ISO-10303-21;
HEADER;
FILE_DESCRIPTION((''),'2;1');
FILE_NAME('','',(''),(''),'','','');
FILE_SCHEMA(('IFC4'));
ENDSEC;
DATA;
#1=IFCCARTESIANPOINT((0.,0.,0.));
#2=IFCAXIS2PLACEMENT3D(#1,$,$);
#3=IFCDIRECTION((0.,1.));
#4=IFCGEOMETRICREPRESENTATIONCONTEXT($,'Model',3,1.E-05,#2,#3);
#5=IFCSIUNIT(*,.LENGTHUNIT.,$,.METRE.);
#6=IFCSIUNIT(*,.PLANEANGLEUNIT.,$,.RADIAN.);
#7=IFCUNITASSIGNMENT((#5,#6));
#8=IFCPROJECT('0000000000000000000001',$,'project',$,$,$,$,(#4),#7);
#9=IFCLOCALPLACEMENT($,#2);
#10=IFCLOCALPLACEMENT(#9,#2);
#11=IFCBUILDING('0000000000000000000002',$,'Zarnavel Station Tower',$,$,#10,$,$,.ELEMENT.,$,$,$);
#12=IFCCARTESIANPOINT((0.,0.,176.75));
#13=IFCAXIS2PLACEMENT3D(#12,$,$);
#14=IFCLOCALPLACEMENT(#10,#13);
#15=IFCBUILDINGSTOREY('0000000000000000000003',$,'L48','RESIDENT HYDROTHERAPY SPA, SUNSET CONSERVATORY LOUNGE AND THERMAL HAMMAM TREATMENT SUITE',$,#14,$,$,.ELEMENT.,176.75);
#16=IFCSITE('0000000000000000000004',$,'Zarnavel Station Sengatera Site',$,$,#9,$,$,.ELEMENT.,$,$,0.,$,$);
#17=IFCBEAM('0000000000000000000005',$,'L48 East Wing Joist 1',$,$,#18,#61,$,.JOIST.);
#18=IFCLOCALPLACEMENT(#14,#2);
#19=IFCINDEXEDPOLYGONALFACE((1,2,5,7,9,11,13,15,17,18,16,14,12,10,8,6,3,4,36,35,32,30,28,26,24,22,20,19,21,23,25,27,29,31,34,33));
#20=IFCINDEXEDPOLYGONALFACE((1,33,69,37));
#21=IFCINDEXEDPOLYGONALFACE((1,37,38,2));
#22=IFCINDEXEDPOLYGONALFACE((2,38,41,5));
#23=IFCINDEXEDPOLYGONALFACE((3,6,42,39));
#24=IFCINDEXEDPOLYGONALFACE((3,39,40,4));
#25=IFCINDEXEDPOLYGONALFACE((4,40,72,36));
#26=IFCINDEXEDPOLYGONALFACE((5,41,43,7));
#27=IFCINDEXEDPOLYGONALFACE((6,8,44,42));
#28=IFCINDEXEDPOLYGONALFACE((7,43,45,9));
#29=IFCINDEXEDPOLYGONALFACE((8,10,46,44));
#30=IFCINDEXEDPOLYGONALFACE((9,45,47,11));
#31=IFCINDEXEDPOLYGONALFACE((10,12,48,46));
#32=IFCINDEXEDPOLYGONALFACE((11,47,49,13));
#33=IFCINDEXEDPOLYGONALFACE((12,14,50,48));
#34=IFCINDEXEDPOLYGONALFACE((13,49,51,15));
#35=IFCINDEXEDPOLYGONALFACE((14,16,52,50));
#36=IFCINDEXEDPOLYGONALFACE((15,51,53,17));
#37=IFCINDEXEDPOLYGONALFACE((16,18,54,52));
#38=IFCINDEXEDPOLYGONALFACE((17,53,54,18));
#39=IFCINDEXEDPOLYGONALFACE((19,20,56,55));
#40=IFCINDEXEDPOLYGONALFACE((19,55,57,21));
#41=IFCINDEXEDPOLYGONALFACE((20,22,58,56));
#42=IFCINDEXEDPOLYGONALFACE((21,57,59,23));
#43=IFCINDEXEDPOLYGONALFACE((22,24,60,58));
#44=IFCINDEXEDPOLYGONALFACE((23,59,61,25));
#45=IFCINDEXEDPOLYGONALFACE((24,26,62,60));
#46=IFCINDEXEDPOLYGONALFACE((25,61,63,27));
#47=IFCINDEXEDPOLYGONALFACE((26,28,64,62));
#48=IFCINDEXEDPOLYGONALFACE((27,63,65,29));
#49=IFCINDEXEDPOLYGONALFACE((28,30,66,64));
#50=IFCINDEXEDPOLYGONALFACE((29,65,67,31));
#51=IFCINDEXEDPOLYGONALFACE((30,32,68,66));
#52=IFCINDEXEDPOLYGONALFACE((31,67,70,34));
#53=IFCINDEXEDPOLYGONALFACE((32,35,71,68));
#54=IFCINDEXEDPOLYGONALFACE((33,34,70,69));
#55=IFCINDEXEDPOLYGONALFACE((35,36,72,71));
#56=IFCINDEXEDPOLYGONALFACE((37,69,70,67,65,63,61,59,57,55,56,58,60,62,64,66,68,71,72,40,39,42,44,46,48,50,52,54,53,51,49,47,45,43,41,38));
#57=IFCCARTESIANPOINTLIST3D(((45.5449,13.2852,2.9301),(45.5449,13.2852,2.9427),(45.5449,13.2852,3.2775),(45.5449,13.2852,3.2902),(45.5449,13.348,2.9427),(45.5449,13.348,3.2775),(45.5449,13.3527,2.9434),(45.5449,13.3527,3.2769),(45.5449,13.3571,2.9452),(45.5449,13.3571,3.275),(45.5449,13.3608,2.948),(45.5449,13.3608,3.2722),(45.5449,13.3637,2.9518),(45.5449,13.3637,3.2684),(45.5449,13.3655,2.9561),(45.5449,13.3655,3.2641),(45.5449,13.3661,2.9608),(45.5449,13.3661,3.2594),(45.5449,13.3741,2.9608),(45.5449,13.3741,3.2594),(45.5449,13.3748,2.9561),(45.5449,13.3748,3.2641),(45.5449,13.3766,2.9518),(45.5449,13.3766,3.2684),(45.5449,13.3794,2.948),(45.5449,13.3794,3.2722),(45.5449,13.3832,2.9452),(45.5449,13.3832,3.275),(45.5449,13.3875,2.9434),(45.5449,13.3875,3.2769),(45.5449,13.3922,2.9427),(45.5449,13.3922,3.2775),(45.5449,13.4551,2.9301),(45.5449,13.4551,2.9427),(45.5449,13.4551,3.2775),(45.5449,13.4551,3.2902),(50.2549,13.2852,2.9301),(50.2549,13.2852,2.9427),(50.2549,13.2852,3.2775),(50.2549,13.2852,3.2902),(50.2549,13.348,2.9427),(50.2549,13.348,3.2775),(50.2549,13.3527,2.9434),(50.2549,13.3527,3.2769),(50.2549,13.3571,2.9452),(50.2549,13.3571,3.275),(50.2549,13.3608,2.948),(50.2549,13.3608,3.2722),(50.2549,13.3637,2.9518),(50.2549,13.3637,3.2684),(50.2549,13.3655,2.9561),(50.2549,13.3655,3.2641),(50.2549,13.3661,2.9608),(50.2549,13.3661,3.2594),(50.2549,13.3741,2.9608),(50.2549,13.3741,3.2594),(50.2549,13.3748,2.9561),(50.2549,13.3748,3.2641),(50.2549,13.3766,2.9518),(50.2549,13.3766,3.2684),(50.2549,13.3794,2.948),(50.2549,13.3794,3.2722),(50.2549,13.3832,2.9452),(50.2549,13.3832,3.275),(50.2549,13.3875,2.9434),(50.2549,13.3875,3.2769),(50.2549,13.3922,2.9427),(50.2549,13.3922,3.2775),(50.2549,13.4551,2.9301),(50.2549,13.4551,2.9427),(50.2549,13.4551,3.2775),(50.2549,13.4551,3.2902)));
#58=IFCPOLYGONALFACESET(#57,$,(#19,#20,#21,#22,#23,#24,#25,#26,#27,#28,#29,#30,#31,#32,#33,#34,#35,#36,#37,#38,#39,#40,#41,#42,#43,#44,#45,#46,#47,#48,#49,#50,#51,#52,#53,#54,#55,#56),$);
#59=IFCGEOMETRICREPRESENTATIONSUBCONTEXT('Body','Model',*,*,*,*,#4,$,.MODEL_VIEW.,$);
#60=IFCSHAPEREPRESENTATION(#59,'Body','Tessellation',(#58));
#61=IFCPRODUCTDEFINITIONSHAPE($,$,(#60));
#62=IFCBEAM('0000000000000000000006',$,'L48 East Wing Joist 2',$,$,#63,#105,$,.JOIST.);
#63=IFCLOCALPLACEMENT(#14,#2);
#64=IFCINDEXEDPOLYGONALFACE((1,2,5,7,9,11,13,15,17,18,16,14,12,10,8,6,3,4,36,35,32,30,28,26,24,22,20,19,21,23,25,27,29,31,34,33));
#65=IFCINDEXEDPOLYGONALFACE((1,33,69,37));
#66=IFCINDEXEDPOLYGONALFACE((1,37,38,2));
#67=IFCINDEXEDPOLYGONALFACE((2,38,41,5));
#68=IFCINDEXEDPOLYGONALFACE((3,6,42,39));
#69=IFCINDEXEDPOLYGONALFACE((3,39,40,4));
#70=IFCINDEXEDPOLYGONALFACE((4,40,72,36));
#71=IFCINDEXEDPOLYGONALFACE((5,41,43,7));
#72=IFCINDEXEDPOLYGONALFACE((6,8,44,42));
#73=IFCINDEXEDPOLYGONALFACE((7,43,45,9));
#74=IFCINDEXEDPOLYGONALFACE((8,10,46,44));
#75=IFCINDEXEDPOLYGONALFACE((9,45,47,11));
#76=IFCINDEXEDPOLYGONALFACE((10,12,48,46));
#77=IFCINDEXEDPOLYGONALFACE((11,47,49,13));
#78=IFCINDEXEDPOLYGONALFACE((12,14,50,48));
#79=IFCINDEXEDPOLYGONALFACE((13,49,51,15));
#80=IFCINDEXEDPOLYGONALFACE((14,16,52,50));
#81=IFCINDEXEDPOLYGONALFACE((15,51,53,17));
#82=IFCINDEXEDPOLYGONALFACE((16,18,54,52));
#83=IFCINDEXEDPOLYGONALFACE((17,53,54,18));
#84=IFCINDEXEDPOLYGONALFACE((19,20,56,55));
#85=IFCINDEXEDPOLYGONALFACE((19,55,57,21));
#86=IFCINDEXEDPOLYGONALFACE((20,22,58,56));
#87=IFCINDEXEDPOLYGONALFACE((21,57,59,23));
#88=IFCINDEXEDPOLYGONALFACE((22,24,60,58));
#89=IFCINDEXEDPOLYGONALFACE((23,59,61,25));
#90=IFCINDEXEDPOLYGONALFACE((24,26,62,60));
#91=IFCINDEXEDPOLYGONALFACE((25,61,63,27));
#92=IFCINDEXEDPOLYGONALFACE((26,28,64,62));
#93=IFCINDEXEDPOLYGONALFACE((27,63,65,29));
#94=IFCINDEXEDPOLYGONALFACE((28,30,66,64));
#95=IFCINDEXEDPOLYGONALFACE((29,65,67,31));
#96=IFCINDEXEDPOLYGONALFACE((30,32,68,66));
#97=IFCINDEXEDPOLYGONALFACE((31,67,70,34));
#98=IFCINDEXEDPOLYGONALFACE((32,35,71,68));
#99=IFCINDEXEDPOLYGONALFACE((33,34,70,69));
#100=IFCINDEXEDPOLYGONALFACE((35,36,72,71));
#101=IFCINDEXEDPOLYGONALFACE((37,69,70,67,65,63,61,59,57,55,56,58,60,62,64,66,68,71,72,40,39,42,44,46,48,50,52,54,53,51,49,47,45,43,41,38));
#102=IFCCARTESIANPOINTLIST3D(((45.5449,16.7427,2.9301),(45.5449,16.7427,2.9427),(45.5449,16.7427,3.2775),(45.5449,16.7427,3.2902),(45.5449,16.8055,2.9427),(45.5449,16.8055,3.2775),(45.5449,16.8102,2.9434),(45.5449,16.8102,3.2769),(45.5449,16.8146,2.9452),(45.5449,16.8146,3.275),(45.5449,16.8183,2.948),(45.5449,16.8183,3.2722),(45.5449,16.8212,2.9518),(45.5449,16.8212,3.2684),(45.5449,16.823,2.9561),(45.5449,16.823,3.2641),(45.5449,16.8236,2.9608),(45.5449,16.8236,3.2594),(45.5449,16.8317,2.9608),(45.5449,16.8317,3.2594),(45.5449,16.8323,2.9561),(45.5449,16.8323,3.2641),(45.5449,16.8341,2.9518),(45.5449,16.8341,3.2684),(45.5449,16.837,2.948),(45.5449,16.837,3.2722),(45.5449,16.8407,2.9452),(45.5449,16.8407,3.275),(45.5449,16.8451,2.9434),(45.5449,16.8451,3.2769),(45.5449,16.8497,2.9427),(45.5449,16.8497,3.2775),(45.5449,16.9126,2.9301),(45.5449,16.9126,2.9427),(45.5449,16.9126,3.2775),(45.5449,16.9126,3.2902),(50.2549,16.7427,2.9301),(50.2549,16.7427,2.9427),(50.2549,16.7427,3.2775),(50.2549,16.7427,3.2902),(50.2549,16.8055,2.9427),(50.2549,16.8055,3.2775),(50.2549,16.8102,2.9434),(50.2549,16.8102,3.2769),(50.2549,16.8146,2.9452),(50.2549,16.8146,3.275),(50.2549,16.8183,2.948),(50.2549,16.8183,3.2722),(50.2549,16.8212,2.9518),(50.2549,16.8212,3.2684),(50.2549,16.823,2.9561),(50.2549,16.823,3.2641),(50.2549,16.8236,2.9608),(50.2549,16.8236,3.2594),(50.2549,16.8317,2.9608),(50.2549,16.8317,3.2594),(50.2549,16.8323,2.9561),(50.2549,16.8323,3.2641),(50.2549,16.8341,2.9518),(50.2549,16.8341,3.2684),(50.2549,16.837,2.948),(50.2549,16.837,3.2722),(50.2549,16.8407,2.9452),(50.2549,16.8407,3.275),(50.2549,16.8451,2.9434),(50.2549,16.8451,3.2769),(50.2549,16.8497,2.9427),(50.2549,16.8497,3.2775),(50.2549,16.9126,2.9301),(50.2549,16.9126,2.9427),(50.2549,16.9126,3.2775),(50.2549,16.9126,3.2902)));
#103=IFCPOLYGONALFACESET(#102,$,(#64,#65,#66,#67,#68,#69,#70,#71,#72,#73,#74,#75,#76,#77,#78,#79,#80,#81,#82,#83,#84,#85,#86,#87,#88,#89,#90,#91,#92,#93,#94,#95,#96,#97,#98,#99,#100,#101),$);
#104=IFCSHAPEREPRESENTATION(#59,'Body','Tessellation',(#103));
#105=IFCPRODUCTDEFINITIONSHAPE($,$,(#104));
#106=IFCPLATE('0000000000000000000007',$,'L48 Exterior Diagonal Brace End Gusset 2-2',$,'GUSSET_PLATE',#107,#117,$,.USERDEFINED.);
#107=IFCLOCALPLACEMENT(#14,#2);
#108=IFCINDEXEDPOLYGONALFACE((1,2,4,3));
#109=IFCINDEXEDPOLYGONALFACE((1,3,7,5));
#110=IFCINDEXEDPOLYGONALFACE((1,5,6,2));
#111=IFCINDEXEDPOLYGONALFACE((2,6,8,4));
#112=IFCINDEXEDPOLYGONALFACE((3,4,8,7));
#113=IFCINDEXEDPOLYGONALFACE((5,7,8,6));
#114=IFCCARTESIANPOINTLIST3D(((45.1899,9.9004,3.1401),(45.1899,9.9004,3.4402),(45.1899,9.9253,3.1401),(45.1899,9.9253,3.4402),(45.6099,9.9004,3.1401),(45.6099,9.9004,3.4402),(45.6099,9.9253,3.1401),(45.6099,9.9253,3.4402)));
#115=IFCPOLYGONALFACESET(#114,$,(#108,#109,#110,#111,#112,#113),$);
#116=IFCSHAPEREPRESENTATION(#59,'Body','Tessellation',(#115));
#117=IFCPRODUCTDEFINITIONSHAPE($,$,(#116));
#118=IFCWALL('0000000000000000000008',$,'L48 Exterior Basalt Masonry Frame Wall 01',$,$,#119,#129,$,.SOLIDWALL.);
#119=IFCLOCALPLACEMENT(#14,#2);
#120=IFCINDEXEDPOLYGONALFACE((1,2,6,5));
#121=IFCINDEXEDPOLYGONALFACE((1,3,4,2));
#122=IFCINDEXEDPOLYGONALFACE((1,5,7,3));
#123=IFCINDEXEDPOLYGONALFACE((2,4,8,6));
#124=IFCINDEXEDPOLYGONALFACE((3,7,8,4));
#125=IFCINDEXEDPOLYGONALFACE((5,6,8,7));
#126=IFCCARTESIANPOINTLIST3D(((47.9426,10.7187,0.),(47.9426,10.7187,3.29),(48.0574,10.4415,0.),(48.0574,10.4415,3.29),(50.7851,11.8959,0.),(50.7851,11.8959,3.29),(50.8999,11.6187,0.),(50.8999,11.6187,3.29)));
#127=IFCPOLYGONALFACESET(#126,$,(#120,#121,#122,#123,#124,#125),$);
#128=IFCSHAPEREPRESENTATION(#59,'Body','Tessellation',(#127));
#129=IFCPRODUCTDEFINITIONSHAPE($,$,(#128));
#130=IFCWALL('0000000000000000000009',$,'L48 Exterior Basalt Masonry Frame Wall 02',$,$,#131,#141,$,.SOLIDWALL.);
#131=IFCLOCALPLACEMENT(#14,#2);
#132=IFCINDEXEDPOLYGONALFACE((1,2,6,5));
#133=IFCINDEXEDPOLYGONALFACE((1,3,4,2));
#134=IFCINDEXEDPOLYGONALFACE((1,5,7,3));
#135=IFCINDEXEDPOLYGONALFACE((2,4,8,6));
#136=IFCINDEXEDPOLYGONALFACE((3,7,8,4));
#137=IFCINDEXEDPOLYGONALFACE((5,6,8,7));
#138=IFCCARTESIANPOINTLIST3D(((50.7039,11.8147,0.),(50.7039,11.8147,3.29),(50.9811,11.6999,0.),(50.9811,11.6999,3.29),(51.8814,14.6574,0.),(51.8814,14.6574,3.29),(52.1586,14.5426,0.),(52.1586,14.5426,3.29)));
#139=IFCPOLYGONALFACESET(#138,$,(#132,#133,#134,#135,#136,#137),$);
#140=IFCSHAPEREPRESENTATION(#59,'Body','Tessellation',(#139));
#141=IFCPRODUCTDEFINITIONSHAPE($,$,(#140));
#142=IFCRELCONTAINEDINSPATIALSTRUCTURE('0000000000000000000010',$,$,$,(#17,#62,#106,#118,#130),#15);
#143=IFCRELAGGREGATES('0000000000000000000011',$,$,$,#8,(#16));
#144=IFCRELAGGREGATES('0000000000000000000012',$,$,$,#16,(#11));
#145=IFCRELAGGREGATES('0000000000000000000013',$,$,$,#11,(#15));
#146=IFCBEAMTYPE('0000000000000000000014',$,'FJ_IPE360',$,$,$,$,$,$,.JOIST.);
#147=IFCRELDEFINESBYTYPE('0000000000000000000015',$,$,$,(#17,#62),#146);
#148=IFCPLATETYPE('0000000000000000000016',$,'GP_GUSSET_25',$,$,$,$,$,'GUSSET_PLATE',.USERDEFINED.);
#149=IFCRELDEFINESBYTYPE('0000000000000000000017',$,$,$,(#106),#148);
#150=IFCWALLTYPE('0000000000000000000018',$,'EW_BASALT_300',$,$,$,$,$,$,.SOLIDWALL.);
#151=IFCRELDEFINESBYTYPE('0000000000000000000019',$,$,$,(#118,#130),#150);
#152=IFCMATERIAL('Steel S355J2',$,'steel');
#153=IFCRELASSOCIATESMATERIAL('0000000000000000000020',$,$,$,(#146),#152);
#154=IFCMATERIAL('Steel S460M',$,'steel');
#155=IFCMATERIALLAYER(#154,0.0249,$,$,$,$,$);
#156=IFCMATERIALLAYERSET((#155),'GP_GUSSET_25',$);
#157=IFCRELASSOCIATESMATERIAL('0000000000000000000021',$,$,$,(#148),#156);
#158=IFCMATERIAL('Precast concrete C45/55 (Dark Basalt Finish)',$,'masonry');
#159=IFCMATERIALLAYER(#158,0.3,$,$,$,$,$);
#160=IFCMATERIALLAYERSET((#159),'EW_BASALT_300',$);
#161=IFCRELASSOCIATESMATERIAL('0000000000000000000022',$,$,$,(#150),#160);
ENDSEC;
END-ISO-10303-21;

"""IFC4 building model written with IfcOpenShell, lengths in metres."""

from ifc_helpers import new_model, si_unit, direction, frame, frame_2d, origin, origin_2d, place, context, subcontext, project, spatial, rectangle, i_section, extrude, material, layer, layer_set, material_profile, profile_set, type_object, element, save


model = new_model("IFC4")

# Units and contexts
model_context = context("Model", 3, precision=1e-05, world=origin(), true_north=direction((0.0, 1.0)))
body_context = subcontext(model_context, "Body", "Model", "MODEL_VIEW")
ifc_project = project(units=[si_unit("LENGTHUNIT", "METRE"), si_unit("PLANEANGLEUNIT", "RADIAN")], contexts=[model_context])

# Site, building, storey
site_placement = place(None, origin())
site = spatial("IfcSite", under=ifc_project, at=site_placement, Name="Zarnavel Station Sengatera Site", CompositionType="ELEMENT", RefElevation=0.0)
building_placement = place(site_placement, origin())
building = spatial("IfcBuilding", under=site, at=building_placement, Name="Zarnavel Station Tower", CompositionType="ELEMENT")
storey_placement = place(building_placement, frame((0.0, 0.0, 176.75)))
storey = spatial("IfcBuildingStorey", under=building, at=storey_placement, Name="L48", Description="RESIDENT HYDROTHERAPY SPA, SUNSET CONSERVATORY LOUNGE AND THERMAL HAMMAM TREATMENT SUITE", CompositionType="ELEMENT", Elevation=176.75)

# Beams
ifc_material_1 = material(Name="Steel S355J2", Category="steel")
ifc_material_profile_1 = material_profile(ifc_material_1, i_section(OverallWidth=0.1699, OverallDepth=0.3601, WebThickness=0.0081, FlangeThickness=0.0127, FilletRadius=0.0181, at=origin_2d()), Name="IPE360")
ifc_profile_set_1 = profile_set([ifc_material_profile_1], Name="Steel S355J2")
beam_type_1 = type_object("IfcBeamType", Name="FJ_IPE360", PredefinedType="JOIST", material=ifc_profile_set_1)
for number, where, z_axis, x_axis, name in (
    (1, (45.5449, 13.3701, 3.1101), (1.0, 0.0, 0.0), (0.0, 1.0, 0.0), "L48 East Wing Joist 1"),
    (2, (45.5449, 16.8276, 3.1101), (1.0, 0.0, 0.0), (0.0, 1.0, 0.0), "L48 East Wing Joist 2"),
):
    element("IfcBeam", number, at=place(storey_placement, frame(where, z_axis=z_axis, x_axis=x_axis)), inside=storey, type_object=beam_type_1, Name=name, PredefinedType="JOIST", context=body_context, shape_type="SweptSolid", body=[
        extrude(i_section(OverallWidth=0.1699, OverallDepth=0.3601, WebThickness=0.0081, FlangeThickness=0.0127, FilletRadius=0.0181, at=origin_2d()), origin(), (0.0, 0.0, 1.0), 4.71),
    ])

# Plate
ifc_material_2 = material(Name="Steel S460M", Category="steel")
ifc_layer_1 = layer(ifc_material_2, 0.0249)
ifc_layer_set_1 = layer_set([ifc_layer_1], Name="GP_GUSSET_25")
plate_type = type_object("IfcPlateType", Name="GP_GUSSET_25", ElementType="GUSSET_PLATE", PredefinedType="USERDEFINED", material=ifc_layer_set_1)
plate_placement = place(storey_placement, frame((45.3999, 9.9128, 3.1401), z_axis=(0.0, 0.0, 1.0), x_axis=(1.0, 0.0, 0.0)))
element("IfcPlate", 3, at=plate_placement, inside=storey, type_object=plate_type, Name="L48 Exterior Diagonal Brace End Gusset 2-2", ObjectType="GUSSET_PLATE", PredefinedType="USERDEFINED", context=body_context, shape_type="SweptSolid", body=[
    extrude(rectangle(XDim=0.4199, YDim=0.0249, at=origin_2d()), origin(), (0.0, 0.0, 1.0), 0.3),
])

# Walls
ifc_material_3 = material(Name="Precast concrete C45/55 (Dark Basalt Finish)", Category="masonry")
ifc_layer_2 = layer(ifc_material_3, 0.3)
ifc_layer_set_2 = layer_set([ifc_layer_2], Name="EW_BASALT_300")
wall_type_1 = type_object("IfcWallType", Name="EW_BASALT_300", PredefinedType="SOLIDWALL", material=ifc_layer_set_2)
wall_1_placement = place(storey_placement, frame((50.8425, 11.7573, 0.0), z_axis=(0.0, 0.0, 1.0), x_axis=(-0.923899, -0.382637, 0.0)))
element("IfcWall", 4, at=wall_1_placement, inside=storey, type_object=wall_type_1, Name="L48 Exterior Basalt Masonry Frame Wall 01", PredefinedType="SOLIDWALL", context=body_context, shape_type="SweptSolid", body=[
    extrude(rectangle(XDim=3.0767, YDim=0.3, at=frame_2d((1.5383, 0.0))), origin(), (0.0, 0.0, 1.0), 3.29),
])
wall_2_placement = place(storey_placement, frame((52.02, 14.6001, 0.0), z_axis=(0.0, 0.0, 1.0), x_axis=(-0.382676, -0.923882, 0.0)))
element("IfcWall", 5, at=wall_2_placement, inside=storey, type_object=wall_type_1, Name="L48 Exterior Basalt Masonry Frame Wall 02", PredefinedType="SOLIDWALL", context=body_context, shape_type="SweptSolid", body=[
    extrude(rectangle(XDim=3.0769, YDim=0.3, at=frame_2d((1.5386, 0.0))), origin(), (0.0, 0.0, 1.0), 3.29),
])

save(model, "model.ifc")
